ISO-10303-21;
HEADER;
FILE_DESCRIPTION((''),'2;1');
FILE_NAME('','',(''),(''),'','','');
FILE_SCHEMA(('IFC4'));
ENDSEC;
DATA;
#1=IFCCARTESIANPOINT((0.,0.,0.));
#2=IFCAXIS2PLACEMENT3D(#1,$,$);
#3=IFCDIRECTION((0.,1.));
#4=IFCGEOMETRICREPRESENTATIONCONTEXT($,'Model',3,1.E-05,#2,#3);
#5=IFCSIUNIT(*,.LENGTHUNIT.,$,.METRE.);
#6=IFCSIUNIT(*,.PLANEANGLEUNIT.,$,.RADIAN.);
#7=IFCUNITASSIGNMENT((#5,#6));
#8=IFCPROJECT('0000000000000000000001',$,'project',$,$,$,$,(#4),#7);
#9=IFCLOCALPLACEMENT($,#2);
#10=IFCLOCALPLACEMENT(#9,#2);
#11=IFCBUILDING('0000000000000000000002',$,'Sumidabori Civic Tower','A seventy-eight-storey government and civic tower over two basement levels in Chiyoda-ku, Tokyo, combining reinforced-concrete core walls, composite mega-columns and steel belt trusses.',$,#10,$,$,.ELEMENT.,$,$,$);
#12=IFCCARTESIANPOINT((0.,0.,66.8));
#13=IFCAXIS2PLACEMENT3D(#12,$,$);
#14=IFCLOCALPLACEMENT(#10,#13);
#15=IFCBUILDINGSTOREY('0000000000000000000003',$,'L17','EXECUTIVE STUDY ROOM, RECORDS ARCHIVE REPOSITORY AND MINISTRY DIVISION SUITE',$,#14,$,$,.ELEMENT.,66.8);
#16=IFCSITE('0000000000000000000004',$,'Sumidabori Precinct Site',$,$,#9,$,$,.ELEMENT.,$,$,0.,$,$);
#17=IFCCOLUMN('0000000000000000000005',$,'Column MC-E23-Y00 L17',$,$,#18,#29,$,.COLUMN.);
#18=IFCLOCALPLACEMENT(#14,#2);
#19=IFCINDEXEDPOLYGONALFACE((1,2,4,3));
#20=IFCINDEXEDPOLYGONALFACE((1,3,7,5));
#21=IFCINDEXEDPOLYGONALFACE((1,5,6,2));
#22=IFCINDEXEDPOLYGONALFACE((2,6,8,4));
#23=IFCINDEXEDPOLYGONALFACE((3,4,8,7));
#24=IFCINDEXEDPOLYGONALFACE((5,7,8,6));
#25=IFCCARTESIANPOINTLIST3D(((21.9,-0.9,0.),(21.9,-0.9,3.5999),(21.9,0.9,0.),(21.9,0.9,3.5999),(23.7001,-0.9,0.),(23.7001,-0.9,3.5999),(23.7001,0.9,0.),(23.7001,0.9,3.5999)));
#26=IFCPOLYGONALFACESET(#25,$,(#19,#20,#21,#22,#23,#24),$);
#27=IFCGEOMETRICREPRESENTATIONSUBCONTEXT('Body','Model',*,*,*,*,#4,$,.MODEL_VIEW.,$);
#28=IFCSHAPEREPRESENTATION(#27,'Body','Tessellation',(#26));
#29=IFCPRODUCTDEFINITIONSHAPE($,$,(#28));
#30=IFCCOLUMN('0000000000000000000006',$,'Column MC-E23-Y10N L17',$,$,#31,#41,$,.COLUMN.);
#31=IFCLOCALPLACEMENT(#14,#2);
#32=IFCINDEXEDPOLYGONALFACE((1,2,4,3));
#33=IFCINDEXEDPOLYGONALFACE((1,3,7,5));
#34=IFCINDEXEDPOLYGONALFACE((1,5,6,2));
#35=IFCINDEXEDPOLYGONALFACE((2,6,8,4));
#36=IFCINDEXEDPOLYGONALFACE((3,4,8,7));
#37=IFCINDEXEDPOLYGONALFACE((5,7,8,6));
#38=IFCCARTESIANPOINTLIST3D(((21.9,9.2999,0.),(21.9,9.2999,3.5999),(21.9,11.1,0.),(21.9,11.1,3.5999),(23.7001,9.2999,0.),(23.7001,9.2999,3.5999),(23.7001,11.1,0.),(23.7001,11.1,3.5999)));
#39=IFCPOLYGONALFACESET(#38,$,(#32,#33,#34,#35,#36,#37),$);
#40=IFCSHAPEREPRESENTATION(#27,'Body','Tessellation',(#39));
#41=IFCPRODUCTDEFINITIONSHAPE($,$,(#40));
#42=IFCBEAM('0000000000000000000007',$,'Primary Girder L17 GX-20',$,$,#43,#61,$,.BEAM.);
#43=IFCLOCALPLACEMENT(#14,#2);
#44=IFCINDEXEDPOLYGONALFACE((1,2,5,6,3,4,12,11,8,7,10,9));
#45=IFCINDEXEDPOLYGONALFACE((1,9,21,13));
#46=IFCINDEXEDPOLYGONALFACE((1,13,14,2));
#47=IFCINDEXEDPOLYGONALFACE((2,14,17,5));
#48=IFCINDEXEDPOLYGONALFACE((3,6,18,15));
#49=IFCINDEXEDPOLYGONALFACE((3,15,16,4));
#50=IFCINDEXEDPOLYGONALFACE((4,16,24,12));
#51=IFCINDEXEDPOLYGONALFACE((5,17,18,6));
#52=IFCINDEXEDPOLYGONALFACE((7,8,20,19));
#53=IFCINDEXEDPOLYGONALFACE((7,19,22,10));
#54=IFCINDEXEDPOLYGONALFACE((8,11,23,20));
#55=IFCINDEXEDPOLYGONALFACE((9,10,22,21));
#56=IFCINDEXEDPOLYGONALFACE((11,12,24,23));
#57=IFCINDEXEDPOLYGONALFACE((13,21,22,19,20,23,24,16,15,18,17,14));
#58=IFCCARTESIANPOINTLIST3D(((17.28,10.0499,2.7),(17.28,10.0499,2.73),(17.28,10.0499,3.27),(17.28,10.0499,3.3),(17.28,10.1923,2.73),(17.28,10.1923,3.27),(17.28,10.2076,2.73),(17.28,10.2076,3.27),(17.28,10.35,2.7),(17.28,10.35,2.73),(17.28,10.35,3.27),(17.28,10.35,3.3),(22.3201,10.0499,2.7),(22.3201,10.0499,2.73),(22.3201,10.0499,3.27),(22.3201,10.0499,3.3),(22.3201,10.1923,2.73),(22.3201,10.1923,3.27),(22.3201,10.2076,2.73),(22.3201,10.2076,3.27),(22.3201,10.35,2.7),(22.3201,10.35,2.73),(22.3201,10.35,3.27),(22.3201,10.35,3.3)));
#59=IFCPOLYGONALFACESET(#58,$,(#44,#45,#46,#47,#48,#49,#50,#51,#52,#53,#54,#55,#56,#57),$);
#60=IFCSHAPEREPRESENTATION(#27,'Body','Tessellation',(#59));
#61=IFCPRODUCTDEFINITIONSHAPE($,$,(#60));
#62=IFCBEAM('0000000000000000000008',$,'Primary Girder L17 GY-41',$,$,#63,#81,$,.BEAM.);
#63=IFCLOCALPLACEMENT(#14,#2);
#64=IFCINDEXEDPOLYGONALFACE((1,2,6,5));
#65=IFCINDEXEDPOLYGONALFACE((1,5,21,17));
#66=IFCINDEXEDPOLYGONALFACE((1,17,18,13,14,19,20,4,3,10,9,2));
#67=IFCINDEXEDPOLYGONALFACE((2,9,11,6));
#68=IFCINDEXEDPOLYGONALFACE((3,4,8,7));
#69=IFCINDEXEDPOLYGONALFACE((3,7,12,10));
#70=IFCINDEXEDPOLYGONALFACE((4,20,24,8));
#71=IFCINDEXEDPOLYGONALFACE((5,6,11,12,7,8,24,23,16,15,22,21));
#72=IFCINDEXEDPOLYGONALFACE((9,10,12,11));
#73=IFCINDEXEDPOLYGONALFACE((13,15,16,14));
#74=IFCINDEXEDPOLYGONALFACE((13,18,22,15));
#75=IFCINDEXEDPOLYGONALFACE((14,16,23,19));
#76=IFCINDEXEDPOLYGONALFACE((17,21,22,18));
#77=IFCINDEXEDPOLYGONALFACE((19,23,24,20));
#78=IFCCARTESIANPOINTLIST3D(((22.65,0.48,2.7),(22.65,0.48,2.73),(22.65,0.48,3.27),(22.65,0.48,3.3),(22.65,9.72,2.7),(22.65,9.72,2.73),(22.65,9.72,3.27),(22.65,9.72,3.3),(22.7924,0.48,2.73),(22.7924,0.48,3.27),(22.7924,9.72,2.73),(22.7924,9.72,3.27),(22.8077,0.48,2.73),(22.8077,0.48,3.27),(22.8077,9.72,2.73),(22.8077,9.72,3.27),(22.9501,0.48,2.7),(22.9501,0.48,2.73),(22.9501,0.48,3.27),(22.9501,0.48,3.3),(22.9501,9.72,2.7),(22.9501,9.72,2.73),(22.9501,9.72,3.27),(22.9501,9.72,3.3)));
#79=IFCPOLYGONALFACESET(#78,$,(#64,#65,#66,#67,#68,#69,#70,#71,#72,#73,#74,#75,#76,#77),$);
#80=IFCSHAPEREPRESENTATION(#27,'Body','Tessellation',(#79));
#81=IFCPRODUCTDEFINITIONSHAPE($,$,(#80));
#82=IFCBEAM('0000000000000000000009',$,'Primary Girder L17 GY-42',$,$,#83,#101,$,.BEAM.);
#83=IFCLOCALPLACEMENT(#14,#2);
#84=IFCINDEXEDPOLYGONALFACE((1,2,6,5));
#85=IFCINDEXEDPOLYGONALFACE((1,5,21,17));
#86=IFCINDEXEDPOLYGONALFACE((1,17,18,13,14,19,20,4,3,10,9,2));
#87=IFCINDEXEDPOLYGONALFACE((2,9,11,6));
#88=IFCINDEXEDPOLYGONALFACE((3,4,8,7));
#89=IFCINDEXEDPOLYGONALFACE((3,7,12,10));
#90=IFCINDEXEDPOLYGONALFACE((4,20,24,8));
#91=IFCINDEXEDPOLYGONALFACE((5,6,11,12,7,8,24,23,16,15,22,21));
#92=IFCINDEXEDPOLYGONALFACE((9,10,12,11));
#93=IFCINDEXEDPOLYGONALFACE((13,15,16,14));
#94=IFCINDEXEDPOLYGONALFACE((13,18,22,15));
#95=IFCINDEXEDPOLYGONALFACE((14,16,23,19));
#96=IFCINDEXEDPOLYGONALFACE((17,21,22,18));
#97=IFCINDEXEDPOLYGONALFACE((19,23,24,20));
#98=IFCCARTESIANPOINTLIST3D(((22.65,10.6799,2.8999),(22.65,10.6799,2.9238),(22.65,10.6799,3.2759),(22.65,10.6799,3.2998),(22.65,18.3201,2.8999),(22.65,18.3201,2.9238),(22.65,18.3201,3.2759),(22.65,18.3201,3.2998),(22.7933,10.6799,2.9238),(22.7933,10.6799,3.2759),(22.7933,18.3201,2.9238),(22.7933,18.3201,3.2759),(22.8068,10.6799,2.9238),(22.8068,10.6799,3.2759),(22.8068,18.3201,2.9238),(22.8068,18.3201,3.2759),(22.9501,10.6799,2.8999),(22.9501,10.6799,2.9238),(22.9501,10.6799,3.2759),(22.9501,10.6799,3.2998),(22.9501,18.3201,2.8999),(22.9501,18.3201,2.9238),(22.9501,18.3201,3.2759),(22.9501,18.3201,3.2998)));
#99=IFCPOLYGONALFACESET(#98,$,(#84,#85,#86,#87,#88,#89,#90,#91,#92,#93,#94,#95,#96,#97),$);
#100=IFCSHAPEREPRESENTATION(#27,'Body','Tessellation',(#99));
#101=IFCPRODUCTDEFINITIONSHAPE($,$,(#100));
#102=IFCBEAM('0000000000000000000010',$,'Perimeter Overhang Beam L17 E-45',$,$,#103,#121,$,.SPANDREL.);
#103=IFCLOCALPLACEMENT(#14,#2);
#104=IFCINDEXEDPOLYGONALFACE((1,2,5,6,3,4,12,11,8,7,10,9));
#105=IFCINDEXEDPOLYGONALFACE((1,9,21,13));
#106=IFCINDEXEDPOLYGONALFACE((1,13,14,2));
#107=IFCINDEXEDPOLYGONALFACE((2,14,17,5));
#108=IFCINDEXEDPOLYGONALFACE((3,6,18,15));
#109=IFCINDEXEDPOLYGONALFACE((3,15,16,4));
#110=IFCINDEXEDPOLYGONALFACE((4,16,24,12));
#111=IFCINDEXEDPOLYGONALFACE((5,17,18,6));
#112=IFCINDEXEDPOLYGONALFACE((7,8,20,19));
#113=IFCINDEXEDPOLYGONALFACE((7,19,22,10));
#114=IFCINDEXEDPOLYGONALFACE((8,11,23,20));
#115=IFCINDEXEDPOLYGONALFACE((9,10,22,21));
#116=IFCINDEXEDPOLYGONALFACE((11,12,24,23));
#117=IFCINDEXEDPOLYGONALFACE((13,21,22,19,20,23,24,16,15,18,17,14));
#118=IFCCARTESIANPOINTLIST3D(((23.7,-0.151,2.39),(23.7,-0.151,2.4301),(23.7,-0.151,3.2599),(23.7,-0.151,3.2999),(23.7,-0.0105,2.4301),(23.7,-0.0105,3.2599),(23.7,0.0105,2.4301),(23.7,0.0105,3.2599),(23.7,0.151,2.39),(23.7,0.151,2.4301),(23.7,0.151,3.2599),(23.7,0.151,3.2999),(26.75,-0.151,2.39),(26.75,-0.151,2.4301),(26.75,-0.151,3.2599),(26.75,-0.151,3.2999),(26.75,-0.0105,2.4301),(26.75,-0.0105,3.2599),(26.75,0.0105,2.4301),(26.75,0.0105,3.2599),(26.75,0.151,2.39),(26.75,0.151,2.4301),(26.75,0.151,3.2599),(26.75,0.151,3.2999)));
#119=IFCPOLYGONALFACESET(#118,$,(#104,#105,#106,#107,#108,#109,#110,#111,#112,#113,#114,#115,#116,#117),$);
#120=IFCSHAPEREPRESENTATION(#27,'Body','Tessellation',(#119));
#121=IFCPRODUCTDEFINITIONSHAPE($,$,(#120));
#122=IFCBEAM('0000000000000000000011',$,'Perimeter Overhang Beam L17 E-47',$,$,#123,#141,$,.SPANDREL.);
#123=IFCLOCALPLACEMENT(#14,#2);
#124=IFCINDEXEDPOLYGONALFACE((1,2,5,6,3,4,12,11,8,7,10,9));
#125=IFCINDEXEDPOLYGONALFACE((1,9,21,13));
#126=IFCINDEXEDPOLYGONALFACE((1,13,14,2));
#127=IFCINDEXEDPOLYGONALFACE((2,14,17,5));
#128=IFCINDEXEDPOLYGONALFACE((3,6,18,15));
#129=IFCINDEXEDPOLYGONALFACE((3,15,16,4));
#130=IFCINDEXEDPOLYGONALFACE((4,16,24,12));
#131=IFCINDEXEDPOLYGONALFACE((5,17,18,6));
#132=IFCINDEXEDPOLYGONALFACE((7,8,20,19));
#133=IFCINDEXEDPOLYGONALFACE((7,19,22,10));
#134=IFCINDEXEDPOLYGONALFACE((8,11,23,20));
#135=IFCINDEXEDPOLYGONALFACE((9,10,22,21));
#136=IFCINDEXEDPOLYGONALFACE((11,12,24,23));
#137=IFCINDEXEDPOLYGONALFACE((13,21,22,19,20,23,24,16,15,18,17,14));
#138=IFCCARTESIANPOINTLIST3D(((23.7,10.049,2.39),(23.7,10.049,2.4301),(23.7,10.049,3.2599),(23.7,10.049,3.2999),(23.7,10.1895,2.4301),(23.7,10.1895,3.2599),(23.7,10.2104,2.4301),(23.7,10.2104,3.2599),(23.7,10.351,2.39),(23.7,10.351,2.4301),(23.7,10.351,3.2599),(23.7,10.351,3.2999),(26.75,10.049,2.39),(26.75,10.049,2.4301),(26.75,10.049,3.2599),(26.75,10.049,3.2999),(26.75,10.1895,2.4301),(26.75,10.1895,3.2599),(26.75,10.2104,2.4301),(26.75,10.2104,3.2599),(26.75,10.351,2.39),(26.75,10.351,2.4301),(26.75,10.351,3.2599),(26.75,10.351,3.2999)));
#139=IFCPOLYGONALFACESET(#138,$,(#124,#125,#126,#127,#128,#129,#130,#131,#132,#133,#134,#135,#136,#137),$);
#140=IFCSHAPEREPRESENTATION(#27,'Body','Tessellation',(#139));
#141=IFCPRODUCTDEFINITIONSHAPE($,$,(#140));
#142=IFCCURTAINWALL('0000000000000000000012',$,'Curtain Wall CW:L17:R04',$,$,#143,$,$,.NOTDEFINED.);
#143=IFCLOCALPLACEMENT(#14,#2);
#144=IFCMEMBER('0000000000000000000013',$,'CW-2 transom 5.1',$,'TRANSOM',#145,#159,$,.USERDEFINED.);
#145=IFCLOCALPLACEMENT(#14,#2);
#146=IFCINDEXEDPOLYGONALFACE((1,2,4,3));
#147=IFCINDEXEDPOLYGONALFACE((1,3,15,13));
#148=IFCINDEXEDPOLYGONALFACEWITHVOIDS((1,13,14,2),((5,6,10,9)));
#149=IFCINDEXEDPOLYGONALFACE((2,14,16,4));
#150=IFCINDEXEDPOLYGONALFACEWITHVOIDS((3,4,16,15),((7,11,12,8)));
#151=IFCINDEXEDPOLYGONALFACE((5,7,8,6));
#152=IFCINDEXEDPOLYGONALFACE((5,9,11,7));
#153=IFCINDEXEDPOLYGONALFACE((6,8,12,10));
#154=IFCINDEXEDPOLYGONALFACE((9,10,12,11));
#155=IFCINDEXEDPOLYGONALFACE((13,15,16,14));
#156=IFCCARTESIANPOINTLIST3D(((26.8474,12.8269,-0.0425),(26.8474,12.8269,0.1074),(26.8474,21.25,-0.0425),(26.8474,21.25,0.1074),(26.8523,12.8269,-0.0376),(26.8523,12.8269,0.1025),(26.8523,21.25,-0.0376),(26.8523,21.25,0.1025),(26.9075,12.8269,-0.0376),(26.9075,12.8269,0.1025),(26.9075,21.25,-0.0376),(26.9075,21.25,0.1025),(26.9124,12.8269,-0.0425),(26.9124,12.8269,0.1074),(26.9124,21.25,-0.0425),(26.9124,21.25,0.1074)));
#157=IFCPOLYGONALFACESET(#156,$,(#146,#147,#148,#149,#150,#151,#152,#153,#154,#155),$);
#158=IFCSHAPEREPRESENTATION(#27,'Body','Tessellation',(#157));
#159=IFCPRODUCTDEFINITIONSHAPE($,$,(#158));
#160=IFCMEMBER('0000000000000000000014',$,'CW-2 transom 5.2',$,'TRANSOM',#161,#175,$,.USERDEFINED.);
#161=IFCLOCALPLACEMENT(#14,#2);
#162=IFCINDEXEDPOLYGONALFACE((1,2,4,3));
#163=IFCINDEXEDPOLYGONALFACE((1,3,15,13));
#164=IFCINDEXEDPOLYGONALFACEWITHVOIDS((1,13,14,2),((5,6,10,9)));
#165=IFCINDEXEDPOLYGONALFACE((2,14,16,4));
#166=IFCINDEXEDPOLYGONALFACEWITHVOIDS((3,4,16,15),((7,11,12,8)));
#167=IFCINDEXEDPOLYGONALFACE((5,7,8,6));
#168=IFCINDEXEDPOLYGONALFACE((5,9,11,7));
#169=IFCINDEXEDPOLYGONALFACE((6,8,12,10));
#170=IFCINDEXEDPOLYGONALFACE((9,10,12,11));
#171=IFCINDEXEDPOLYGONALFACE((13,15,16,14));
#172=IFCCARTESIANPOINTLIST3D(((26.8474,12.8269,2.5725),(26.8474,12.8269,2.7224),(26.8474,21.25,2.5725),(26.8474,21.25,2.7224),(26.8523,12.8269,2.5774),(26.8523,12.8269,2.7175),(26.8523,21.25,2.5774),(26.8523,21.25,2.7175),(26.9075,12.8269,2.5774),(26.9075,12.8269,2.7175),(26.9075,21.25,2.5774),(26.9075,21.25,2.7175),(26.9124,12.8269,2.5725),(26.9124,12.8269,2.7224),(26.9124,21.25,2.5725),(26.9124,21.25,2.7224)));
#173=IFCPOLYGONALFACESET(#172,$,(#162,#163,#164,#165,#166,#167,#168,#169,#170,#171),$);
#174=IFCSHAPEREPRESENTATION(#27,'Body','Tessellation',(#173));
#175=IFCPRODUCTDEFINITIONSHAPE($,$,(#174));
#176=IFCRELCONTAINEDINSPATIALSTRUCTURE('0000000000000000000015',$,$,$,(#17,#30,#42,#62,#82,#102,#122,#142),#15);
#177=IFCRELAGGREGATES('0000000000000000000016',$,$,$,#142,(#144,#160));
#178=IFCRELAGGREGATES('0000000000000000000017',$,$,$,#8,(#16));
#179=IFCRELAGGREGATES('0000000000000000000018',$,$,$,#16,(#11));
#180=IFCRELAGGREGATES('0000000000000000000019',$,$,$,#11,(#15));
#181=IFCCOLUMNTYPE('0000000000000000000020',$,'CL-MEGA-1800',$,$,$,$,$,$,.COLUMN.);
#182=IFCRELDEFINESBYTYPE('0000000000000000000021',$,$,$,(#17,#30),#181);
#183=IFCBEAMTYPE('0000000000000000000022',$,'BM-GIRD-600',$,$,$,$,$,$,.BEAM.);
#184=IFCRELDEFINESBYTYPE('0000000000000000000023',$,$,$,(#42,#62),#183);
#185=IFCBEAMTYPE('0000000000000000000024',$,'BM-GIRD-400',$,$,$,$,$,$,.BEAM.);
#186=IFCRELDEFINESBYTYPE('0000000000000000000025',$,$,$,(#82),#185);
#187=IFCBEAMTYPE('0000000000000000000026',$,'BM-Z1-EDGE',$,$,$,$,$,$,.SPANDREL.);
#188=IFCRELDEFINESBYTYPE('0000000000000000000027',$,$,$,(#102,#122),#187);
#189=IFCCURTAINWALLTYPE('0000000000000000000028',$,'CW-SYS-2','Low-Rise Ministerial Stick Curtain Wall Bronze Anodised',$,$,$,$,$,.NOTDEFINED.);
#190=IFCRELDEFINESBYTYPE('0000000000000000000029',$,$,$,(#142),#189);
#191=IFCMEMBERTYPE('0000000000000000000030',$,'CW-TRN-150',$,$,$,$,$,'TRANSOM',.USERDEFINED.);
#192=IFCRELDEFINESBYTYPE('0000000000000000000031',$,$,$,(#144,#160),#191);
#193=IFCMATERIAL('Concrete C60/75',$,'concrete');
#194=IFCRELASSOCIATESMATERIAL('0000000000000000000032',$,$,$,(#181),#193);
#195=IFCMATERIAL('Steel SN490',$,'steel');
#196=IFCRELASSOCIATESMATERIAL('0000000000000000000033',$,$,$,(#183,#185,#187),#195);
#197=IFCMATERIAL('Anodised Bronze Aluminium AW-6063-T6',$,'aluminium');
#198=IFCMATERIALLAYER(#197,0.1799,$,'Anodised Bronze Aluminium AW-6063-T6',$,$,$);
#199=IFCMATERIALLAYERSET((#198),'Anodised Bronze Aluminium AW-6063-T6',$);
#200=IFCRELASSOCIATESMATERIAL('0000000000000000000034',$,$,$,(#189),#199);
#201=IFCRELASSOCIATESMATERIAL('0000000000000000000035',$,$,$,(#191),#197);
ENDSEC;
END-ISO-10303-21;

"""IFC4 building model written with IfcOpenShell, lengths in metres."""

from ifc_helpers import new_model, si_unit, direction, frame, origin, origin_2d, place, context, subcontext, project, spatial, rectangle, hollow_rectangle, i_section, extrude, source, transform, mapped, material, layer, layer_set, material_profile, profile_set, type_object, element, aggregate, save


model = new_model("IFC4")

# Units and contexts
model_context = context("Model", 3, precision=1e-05, world=origin(), true_north=direction((0.0, 1.0)))
body_context = subcontext(model_context, "Body", "Model", "MODEL_VIEW")
ifc_project = project(units=[si_unit("LENGTHUNIT", "METRE"), si_unit("PLANEANGLEUNIT", "RADIAN")], contexts=[model_context])

# Site, building, storey
site_placement = place(None, origin())
site = spatial("IfcSite", under=ifc_project, at=site_placement, Name="Sumidabori Precinct Site", CompositionType="ELEMENT", RefElevation=0.0)
building_placement = place(site_placement, origin())
building = spatial("IfcBuilding", under=site, at=building_placement, Name="Sumidabori Civic Tower", Description="A seventy-eight-storey government and civic tower over two basement levels in Chiyoda-ku, Tokyo, combining reinforced-concrete core walls, composite mega-columns and steel belt trusses.", CompositionType="ELEMENT")
storey_placement = place(building_placement, frame((0.0, 0.0, 66.8)))
storey = spatial("IfcBuildingStorey", under=building, at=storey_placement, Name="L17", Description="EXECUTIVE STUDY ROOM, RECORDS ARCHIVE REPOSITORY AND MINISTRY DIVISION SUITE", CompositionType="ELEMENT", Elevation=66.8)

# Columns
ifc_material_1 = material(Name="Concrete C60/75", Category="concrete")
ifc_material_profile_1 = material_profile(ifc_material_1, rectangle(XDim=1.8, YDim=1.8, at=origin_2d()), Name="RC 1800x1800")
ifc_profile_set_1 = profile_set([ifc_material_profile_1], Name="Concrete C60/75")
column_type = type_object("IfcColumnType", Name="CL-MEGA-1800", PredefinedType="COLUMN", material=ifc_profile_set_1)
shared_shape_1 = source(origin(), body_context, "Body", "SweptSolid", [
    extrude(rectangle(XDim=1.8, YDim=1.8, at=origin_2d()), origin(), (0.0, 0.0, 1.0), 3.5999),
])
for number, where, z_axis, x_axis, name in (
    (1, (22.8, 0.0, 0.0), (0.0, 0.0, 1.0), (1.0, 0.0, 0.0), "Column MC-E23-Y00 L17"),
    (2, (22.8, 10.2, 0.0), (0.0, 0.0, 1.0), (1.0, 0.0, 0.0), "Column MC-E23-Y10N L17"),
):
    element("IfcColumn", number, at=place(storey_placement, frame(where, z_axis=z_axis, x_axis=x_axis)), inside=storey, type_object=column_type, Name=name, PredefinedType="COLUMN", context=body_context, shape_type="MappedRepresentation", body=[
        mapped(shared_shape_1, transform((0.0, 0.0, 0.0), x_axis=(1.0, 0.0, 0.0), y_axis=(0.0, 1.0, 0.0), z_axis=(0.0, 0.0, 1.0), scale=1.0)),
    ])

# Beams
ifc_material_2 = material(Name="Steel SN490", Category="steel")
ifc_material_profile_2 = material_profile(ifc_material_2, i_section(OverallWidth=0.3, OverallDepth=0.6001, WebThickness=0.0154, FlangeThickness=0.03, at=origin_2d()), Name="HE 600 B")
ifc_profile_set_2 = profile_set([ifc_material_profile_2], Name="Steel SN490")
beam_type_1 = type_object("IfcBeamType", Name="BM-GIRD-600", PredefinedType="BEAM", material=ifc_profile_set_2)
shared_shape_2 = source(origin(), body_context, "Body", "SweptSolid", [
    extrude(i_section(OverallWidth=0.3, OverallDepth=0.6001, WebThickness=0.0154, FlangeThickness=0.03, at=origin_2d()), origin(), (0.0, 0.0, 1.0), 5.04),
])
beam_1_placement = place(storey_placement, frame((17.28, 10.2, 3.0), z_axis=(1.0, 0.0, 0.0), x_axis=(0.0, 1.0, 0.0)))
element("IfcBeam", 3, at=beam_1_placement, inside=storey, type_object=beam_type_1, Name="Primary Girder L17 GX-20", PredefinedType="BEAM", context=body_context, shape_type="MappedRepresentation", body=[
    mapped(shared_shape_2, transform((0.0, 0.0, 0.0), x_axis=(1.0, 0.0, 0.0), y_axis=(0.0, 1.0, 0.0), z_axis=(0.0, 0.0, 1.0), scale=1.0)),
])
shared_shape_3 = source(origin(), body_context, "Body", "SweptSolid", [
    extrude(i_section(OverallWidth=0.3, OverallDepth=0.6001, WebThickness=0.0154, FlangeThickness=0.03, at=origin_2d()), origin(), (0.0, 0.0, 1.0), 9.24),
])
beam_2_placement = place(storey_placement, frame((22.8, 0.48, 3.0), z_axis=(0.0, 1.0, 0.0), x_axis=(-1.0, 0.0, 0.0)))
element("IfcBeam", 4, at=beam_2_placement, inside=storey, type_object=beam_type_1, Name="Primary Girder L17 GY-41", PredefinedType="BEAM", context=body_context, shape_type="MappedRepresentation", body=[
    mapped(shared_shape_3, transform((0.0, 0.0, 0.0), x_axis=(1.0, 0.0, 0.0), y_axis=(0.0, 1.0, 0.0), z_axis=(0.0, 0.0, 1.0), scale=1.0)),
])
ifc_material_profile_3 = material_profile(ifc_material_2, i_section(OverallWidth=0.3, OverallDepth=0.3999, WebThickness=0.0134, FlangeThickness=0.0239, at=origin_2d()), Name="HE 400 B")
ifc_profile_set_3 = profile_set([ifc_material_profile_3], Name="Steel SN490")
beam_type_2 = type_object("IfcBeamType", Name="BM-GIRD-400", PredefinedType="BEAM", material=ifc_profile_set_3)
shared_shape_4 = source(origin(), body_context, "Body", "SweptSolid", [
    extrude(i_section(OverallWidth=0.3, OverallDepth=0.3999, WebThickness=0.0134, FlangeThickness=0.0239, at=origin_2d()), origin(), (0.0, 0.0, 1.0), 7.6401),
])
beam_3_placement = place(storey_placement, frame((22.8, 10.6799, 3.0999), z_axis=(0.0, 1.0, 0.0), x_axis=(-1.0, 0.0, 0.0)))
element("IfcBeam", 5, at=beam_3_placement, inside=storey, type_object=beam_type_2, Name="Primary Girder L17 GY-42", PredefinedType="BEAM", context=body_context, shape_type="MappedRepresentation", body=[
    mapped(shared_shape_4, transform((0.0, 0.0, 0.0), x_axis=(1.0, 0.0, 0.0), y_axis=(0.0, 1.0, 0.0), z_axis=(0.0, 0.0, 1.0), scale=1.0)),
])
ifc_material_profile_4 = material_profile(ifc_material_2, i_section(OverallWidth=0.302, OverallDepth=0.9099, WebThickness=0.021, FlangeThickness=0.04, at=origin_2d()), Name="HE 900 M")
ifc_profile_set_4 = profile_set([ifc_material_profile_4], Name="Steel SN490")
beam_type_3 = type_object("IfcBeamType", Name="BM-Z1-EDGE", PredefinedType="SPANDREL", material=ifc_profile_set_4)
shared_shape_5 = source(origin(), body_context, "Body", "SweptSolid", [
    extrude(i_section(OverallWidth=0.302, OverallDepth=0.9099, WebThickness=0.021, FlangeThickness=0.04, at=origin_2d()), origin(), (0.0, 0.0, 1.0), 3.05),
])
for number, where, z_axis, x_axis, name in (
    (6, (23.7, 0.0, 2.845), (1.0, 0.0, 0.0), (0.0, 1.0, 0.0), "Perimeter Overhang Beam L17 E-45"),
    (7, (23.7, 10.2, 2.845), (1.0, 0.0, 0.0), (0.0, 1.0, 0.0), "Perimeter Overhang Beam L17 E-47"),
):
    element("IfcBeam", number, at=place(storey_placement, frame(where, z_axis=z_axis, x_axis=x_axis)), inside=storey, type_object=beam_type_3, Name=name, PredefinedType="SPANDREL", context=body_context, shape_type="MappedRepresentation", body=[
        mapped(shared_shape_5, transform((0.0, 0.0, 0.0), x_axis=(1.0, 0.0, 0.0), y_axis=(0.0, 1.0, 0.0), z_axis=(0.0, 0.0, 1.0), scale=1.0)),
    ])

# Curtain wall, members
ifc_material_3 = material(Name="Anodised Bronze Aluminium AW-6063-T6", Category="aluminium")
ifc_layer_1 = layer(ifc_material_3, 0.1799, Name="Anodised Bronze Aluminium AW-6063-T6")
ifc_layer_set_1 = layer_set([ifc_layer_1], Name="Anodised Bronze Aluminium AW-6063-T6")
curtain_wall_type = type_object("IfcCurtainWallType", Name="CW-SYS-2", Description="Low-Rise Ministerial Stick Curtain Wall Bronze Anodised", PredefinedType="NOTDEFINED", material=ifc_layer_set_1)
curtain_wall_placement = place(storey_placement, origin())
curtain_wall = element("IfcCurtainWall", 8, at=curtain_wall_placement, inside=storey, type_object=curtain_wall_type, Name="Curtain Wall CW:L17:R04", PredefinedType="NOTDEFINED")
ifc_material_profile_5 = material_profile(ifc_material_3, hollow_rectangle(XDim=0.0649, YDim=0.1499, WallThickness=0.0049, at=origin_2d()), Name="ALU TRANSOM 150x65")
ifc_profile_set_5 = profile_set([ifc_material_profile_5], Name="Anodised Bronze Aluminium AW-6063-T6")
member_type_1 = type_object("IfcMemberType", Name="CW-TRN-150", ElementType="TRANSOM", PredefinedType="USERDEFINED", material=ifc_profile_set_5)
shared_shape_6 = source(origin(), body_context, "Body", "SweptSolid", [
    extrude(hollow_rectangle(XDim=0.0649, YDim=0.1499, WallThickness=0.0049, at=origin_2d()), origin(), (0.0, 0.0, 1.0), 8.4231),
])
member_1_placement = place(storey_placement, frame((26.8799, 12.8269, 0.0325), z_axis=(0.0, 1.0, 0.0), x_axis=(-1.0, 0.0, 0.0)))
member_1 = element("IfcMember", 9, at=member_1_placement, type_object=member_type_1, Name="CW-2 transom 5.1", ObjectType="TRANSOM", PredefinedType="USERDEFINED", context=body_context, shape_type="MappedRepresentation", body=[
    mapped(shared_shape_6, transform((0.0, 0.0, 0.0), x_axis=(1.0, 0.0, 0.0), y_axis=(0.0, 1.0, 0.0), z_axis=(0.0, 0.0, 1.0), scale=1.0)),
])
member_2_placement = place(storey_placement, frame((26.8799, 12.8269, 2.6475), z_axis=(0.0, 1.0, 0.0), x_axis=(-1.0, 0.0, 0.0)))
member_2 = element("IfcMember", 10, at=member_2_placement, type_object=member_type_1, Name="CW-2 transom 5.2", ObjectType="TRANSOM", PredefinedType="USERDEFINED", context=body_context, shape_type="MappedRepresentation", body=[
    mapped(shared_shape_6, transform((0.0, 0.0, 0.0), x_axis=(1.0, 0.0, 0.0), y_axis=(0.0, 1.0, 0.0), z_axis=(0.0, 0.0, 1.0), scale=1.0)),
])
aggregate(curtain_wall, [member_1, member_2])

save(model, "model.ifc")
